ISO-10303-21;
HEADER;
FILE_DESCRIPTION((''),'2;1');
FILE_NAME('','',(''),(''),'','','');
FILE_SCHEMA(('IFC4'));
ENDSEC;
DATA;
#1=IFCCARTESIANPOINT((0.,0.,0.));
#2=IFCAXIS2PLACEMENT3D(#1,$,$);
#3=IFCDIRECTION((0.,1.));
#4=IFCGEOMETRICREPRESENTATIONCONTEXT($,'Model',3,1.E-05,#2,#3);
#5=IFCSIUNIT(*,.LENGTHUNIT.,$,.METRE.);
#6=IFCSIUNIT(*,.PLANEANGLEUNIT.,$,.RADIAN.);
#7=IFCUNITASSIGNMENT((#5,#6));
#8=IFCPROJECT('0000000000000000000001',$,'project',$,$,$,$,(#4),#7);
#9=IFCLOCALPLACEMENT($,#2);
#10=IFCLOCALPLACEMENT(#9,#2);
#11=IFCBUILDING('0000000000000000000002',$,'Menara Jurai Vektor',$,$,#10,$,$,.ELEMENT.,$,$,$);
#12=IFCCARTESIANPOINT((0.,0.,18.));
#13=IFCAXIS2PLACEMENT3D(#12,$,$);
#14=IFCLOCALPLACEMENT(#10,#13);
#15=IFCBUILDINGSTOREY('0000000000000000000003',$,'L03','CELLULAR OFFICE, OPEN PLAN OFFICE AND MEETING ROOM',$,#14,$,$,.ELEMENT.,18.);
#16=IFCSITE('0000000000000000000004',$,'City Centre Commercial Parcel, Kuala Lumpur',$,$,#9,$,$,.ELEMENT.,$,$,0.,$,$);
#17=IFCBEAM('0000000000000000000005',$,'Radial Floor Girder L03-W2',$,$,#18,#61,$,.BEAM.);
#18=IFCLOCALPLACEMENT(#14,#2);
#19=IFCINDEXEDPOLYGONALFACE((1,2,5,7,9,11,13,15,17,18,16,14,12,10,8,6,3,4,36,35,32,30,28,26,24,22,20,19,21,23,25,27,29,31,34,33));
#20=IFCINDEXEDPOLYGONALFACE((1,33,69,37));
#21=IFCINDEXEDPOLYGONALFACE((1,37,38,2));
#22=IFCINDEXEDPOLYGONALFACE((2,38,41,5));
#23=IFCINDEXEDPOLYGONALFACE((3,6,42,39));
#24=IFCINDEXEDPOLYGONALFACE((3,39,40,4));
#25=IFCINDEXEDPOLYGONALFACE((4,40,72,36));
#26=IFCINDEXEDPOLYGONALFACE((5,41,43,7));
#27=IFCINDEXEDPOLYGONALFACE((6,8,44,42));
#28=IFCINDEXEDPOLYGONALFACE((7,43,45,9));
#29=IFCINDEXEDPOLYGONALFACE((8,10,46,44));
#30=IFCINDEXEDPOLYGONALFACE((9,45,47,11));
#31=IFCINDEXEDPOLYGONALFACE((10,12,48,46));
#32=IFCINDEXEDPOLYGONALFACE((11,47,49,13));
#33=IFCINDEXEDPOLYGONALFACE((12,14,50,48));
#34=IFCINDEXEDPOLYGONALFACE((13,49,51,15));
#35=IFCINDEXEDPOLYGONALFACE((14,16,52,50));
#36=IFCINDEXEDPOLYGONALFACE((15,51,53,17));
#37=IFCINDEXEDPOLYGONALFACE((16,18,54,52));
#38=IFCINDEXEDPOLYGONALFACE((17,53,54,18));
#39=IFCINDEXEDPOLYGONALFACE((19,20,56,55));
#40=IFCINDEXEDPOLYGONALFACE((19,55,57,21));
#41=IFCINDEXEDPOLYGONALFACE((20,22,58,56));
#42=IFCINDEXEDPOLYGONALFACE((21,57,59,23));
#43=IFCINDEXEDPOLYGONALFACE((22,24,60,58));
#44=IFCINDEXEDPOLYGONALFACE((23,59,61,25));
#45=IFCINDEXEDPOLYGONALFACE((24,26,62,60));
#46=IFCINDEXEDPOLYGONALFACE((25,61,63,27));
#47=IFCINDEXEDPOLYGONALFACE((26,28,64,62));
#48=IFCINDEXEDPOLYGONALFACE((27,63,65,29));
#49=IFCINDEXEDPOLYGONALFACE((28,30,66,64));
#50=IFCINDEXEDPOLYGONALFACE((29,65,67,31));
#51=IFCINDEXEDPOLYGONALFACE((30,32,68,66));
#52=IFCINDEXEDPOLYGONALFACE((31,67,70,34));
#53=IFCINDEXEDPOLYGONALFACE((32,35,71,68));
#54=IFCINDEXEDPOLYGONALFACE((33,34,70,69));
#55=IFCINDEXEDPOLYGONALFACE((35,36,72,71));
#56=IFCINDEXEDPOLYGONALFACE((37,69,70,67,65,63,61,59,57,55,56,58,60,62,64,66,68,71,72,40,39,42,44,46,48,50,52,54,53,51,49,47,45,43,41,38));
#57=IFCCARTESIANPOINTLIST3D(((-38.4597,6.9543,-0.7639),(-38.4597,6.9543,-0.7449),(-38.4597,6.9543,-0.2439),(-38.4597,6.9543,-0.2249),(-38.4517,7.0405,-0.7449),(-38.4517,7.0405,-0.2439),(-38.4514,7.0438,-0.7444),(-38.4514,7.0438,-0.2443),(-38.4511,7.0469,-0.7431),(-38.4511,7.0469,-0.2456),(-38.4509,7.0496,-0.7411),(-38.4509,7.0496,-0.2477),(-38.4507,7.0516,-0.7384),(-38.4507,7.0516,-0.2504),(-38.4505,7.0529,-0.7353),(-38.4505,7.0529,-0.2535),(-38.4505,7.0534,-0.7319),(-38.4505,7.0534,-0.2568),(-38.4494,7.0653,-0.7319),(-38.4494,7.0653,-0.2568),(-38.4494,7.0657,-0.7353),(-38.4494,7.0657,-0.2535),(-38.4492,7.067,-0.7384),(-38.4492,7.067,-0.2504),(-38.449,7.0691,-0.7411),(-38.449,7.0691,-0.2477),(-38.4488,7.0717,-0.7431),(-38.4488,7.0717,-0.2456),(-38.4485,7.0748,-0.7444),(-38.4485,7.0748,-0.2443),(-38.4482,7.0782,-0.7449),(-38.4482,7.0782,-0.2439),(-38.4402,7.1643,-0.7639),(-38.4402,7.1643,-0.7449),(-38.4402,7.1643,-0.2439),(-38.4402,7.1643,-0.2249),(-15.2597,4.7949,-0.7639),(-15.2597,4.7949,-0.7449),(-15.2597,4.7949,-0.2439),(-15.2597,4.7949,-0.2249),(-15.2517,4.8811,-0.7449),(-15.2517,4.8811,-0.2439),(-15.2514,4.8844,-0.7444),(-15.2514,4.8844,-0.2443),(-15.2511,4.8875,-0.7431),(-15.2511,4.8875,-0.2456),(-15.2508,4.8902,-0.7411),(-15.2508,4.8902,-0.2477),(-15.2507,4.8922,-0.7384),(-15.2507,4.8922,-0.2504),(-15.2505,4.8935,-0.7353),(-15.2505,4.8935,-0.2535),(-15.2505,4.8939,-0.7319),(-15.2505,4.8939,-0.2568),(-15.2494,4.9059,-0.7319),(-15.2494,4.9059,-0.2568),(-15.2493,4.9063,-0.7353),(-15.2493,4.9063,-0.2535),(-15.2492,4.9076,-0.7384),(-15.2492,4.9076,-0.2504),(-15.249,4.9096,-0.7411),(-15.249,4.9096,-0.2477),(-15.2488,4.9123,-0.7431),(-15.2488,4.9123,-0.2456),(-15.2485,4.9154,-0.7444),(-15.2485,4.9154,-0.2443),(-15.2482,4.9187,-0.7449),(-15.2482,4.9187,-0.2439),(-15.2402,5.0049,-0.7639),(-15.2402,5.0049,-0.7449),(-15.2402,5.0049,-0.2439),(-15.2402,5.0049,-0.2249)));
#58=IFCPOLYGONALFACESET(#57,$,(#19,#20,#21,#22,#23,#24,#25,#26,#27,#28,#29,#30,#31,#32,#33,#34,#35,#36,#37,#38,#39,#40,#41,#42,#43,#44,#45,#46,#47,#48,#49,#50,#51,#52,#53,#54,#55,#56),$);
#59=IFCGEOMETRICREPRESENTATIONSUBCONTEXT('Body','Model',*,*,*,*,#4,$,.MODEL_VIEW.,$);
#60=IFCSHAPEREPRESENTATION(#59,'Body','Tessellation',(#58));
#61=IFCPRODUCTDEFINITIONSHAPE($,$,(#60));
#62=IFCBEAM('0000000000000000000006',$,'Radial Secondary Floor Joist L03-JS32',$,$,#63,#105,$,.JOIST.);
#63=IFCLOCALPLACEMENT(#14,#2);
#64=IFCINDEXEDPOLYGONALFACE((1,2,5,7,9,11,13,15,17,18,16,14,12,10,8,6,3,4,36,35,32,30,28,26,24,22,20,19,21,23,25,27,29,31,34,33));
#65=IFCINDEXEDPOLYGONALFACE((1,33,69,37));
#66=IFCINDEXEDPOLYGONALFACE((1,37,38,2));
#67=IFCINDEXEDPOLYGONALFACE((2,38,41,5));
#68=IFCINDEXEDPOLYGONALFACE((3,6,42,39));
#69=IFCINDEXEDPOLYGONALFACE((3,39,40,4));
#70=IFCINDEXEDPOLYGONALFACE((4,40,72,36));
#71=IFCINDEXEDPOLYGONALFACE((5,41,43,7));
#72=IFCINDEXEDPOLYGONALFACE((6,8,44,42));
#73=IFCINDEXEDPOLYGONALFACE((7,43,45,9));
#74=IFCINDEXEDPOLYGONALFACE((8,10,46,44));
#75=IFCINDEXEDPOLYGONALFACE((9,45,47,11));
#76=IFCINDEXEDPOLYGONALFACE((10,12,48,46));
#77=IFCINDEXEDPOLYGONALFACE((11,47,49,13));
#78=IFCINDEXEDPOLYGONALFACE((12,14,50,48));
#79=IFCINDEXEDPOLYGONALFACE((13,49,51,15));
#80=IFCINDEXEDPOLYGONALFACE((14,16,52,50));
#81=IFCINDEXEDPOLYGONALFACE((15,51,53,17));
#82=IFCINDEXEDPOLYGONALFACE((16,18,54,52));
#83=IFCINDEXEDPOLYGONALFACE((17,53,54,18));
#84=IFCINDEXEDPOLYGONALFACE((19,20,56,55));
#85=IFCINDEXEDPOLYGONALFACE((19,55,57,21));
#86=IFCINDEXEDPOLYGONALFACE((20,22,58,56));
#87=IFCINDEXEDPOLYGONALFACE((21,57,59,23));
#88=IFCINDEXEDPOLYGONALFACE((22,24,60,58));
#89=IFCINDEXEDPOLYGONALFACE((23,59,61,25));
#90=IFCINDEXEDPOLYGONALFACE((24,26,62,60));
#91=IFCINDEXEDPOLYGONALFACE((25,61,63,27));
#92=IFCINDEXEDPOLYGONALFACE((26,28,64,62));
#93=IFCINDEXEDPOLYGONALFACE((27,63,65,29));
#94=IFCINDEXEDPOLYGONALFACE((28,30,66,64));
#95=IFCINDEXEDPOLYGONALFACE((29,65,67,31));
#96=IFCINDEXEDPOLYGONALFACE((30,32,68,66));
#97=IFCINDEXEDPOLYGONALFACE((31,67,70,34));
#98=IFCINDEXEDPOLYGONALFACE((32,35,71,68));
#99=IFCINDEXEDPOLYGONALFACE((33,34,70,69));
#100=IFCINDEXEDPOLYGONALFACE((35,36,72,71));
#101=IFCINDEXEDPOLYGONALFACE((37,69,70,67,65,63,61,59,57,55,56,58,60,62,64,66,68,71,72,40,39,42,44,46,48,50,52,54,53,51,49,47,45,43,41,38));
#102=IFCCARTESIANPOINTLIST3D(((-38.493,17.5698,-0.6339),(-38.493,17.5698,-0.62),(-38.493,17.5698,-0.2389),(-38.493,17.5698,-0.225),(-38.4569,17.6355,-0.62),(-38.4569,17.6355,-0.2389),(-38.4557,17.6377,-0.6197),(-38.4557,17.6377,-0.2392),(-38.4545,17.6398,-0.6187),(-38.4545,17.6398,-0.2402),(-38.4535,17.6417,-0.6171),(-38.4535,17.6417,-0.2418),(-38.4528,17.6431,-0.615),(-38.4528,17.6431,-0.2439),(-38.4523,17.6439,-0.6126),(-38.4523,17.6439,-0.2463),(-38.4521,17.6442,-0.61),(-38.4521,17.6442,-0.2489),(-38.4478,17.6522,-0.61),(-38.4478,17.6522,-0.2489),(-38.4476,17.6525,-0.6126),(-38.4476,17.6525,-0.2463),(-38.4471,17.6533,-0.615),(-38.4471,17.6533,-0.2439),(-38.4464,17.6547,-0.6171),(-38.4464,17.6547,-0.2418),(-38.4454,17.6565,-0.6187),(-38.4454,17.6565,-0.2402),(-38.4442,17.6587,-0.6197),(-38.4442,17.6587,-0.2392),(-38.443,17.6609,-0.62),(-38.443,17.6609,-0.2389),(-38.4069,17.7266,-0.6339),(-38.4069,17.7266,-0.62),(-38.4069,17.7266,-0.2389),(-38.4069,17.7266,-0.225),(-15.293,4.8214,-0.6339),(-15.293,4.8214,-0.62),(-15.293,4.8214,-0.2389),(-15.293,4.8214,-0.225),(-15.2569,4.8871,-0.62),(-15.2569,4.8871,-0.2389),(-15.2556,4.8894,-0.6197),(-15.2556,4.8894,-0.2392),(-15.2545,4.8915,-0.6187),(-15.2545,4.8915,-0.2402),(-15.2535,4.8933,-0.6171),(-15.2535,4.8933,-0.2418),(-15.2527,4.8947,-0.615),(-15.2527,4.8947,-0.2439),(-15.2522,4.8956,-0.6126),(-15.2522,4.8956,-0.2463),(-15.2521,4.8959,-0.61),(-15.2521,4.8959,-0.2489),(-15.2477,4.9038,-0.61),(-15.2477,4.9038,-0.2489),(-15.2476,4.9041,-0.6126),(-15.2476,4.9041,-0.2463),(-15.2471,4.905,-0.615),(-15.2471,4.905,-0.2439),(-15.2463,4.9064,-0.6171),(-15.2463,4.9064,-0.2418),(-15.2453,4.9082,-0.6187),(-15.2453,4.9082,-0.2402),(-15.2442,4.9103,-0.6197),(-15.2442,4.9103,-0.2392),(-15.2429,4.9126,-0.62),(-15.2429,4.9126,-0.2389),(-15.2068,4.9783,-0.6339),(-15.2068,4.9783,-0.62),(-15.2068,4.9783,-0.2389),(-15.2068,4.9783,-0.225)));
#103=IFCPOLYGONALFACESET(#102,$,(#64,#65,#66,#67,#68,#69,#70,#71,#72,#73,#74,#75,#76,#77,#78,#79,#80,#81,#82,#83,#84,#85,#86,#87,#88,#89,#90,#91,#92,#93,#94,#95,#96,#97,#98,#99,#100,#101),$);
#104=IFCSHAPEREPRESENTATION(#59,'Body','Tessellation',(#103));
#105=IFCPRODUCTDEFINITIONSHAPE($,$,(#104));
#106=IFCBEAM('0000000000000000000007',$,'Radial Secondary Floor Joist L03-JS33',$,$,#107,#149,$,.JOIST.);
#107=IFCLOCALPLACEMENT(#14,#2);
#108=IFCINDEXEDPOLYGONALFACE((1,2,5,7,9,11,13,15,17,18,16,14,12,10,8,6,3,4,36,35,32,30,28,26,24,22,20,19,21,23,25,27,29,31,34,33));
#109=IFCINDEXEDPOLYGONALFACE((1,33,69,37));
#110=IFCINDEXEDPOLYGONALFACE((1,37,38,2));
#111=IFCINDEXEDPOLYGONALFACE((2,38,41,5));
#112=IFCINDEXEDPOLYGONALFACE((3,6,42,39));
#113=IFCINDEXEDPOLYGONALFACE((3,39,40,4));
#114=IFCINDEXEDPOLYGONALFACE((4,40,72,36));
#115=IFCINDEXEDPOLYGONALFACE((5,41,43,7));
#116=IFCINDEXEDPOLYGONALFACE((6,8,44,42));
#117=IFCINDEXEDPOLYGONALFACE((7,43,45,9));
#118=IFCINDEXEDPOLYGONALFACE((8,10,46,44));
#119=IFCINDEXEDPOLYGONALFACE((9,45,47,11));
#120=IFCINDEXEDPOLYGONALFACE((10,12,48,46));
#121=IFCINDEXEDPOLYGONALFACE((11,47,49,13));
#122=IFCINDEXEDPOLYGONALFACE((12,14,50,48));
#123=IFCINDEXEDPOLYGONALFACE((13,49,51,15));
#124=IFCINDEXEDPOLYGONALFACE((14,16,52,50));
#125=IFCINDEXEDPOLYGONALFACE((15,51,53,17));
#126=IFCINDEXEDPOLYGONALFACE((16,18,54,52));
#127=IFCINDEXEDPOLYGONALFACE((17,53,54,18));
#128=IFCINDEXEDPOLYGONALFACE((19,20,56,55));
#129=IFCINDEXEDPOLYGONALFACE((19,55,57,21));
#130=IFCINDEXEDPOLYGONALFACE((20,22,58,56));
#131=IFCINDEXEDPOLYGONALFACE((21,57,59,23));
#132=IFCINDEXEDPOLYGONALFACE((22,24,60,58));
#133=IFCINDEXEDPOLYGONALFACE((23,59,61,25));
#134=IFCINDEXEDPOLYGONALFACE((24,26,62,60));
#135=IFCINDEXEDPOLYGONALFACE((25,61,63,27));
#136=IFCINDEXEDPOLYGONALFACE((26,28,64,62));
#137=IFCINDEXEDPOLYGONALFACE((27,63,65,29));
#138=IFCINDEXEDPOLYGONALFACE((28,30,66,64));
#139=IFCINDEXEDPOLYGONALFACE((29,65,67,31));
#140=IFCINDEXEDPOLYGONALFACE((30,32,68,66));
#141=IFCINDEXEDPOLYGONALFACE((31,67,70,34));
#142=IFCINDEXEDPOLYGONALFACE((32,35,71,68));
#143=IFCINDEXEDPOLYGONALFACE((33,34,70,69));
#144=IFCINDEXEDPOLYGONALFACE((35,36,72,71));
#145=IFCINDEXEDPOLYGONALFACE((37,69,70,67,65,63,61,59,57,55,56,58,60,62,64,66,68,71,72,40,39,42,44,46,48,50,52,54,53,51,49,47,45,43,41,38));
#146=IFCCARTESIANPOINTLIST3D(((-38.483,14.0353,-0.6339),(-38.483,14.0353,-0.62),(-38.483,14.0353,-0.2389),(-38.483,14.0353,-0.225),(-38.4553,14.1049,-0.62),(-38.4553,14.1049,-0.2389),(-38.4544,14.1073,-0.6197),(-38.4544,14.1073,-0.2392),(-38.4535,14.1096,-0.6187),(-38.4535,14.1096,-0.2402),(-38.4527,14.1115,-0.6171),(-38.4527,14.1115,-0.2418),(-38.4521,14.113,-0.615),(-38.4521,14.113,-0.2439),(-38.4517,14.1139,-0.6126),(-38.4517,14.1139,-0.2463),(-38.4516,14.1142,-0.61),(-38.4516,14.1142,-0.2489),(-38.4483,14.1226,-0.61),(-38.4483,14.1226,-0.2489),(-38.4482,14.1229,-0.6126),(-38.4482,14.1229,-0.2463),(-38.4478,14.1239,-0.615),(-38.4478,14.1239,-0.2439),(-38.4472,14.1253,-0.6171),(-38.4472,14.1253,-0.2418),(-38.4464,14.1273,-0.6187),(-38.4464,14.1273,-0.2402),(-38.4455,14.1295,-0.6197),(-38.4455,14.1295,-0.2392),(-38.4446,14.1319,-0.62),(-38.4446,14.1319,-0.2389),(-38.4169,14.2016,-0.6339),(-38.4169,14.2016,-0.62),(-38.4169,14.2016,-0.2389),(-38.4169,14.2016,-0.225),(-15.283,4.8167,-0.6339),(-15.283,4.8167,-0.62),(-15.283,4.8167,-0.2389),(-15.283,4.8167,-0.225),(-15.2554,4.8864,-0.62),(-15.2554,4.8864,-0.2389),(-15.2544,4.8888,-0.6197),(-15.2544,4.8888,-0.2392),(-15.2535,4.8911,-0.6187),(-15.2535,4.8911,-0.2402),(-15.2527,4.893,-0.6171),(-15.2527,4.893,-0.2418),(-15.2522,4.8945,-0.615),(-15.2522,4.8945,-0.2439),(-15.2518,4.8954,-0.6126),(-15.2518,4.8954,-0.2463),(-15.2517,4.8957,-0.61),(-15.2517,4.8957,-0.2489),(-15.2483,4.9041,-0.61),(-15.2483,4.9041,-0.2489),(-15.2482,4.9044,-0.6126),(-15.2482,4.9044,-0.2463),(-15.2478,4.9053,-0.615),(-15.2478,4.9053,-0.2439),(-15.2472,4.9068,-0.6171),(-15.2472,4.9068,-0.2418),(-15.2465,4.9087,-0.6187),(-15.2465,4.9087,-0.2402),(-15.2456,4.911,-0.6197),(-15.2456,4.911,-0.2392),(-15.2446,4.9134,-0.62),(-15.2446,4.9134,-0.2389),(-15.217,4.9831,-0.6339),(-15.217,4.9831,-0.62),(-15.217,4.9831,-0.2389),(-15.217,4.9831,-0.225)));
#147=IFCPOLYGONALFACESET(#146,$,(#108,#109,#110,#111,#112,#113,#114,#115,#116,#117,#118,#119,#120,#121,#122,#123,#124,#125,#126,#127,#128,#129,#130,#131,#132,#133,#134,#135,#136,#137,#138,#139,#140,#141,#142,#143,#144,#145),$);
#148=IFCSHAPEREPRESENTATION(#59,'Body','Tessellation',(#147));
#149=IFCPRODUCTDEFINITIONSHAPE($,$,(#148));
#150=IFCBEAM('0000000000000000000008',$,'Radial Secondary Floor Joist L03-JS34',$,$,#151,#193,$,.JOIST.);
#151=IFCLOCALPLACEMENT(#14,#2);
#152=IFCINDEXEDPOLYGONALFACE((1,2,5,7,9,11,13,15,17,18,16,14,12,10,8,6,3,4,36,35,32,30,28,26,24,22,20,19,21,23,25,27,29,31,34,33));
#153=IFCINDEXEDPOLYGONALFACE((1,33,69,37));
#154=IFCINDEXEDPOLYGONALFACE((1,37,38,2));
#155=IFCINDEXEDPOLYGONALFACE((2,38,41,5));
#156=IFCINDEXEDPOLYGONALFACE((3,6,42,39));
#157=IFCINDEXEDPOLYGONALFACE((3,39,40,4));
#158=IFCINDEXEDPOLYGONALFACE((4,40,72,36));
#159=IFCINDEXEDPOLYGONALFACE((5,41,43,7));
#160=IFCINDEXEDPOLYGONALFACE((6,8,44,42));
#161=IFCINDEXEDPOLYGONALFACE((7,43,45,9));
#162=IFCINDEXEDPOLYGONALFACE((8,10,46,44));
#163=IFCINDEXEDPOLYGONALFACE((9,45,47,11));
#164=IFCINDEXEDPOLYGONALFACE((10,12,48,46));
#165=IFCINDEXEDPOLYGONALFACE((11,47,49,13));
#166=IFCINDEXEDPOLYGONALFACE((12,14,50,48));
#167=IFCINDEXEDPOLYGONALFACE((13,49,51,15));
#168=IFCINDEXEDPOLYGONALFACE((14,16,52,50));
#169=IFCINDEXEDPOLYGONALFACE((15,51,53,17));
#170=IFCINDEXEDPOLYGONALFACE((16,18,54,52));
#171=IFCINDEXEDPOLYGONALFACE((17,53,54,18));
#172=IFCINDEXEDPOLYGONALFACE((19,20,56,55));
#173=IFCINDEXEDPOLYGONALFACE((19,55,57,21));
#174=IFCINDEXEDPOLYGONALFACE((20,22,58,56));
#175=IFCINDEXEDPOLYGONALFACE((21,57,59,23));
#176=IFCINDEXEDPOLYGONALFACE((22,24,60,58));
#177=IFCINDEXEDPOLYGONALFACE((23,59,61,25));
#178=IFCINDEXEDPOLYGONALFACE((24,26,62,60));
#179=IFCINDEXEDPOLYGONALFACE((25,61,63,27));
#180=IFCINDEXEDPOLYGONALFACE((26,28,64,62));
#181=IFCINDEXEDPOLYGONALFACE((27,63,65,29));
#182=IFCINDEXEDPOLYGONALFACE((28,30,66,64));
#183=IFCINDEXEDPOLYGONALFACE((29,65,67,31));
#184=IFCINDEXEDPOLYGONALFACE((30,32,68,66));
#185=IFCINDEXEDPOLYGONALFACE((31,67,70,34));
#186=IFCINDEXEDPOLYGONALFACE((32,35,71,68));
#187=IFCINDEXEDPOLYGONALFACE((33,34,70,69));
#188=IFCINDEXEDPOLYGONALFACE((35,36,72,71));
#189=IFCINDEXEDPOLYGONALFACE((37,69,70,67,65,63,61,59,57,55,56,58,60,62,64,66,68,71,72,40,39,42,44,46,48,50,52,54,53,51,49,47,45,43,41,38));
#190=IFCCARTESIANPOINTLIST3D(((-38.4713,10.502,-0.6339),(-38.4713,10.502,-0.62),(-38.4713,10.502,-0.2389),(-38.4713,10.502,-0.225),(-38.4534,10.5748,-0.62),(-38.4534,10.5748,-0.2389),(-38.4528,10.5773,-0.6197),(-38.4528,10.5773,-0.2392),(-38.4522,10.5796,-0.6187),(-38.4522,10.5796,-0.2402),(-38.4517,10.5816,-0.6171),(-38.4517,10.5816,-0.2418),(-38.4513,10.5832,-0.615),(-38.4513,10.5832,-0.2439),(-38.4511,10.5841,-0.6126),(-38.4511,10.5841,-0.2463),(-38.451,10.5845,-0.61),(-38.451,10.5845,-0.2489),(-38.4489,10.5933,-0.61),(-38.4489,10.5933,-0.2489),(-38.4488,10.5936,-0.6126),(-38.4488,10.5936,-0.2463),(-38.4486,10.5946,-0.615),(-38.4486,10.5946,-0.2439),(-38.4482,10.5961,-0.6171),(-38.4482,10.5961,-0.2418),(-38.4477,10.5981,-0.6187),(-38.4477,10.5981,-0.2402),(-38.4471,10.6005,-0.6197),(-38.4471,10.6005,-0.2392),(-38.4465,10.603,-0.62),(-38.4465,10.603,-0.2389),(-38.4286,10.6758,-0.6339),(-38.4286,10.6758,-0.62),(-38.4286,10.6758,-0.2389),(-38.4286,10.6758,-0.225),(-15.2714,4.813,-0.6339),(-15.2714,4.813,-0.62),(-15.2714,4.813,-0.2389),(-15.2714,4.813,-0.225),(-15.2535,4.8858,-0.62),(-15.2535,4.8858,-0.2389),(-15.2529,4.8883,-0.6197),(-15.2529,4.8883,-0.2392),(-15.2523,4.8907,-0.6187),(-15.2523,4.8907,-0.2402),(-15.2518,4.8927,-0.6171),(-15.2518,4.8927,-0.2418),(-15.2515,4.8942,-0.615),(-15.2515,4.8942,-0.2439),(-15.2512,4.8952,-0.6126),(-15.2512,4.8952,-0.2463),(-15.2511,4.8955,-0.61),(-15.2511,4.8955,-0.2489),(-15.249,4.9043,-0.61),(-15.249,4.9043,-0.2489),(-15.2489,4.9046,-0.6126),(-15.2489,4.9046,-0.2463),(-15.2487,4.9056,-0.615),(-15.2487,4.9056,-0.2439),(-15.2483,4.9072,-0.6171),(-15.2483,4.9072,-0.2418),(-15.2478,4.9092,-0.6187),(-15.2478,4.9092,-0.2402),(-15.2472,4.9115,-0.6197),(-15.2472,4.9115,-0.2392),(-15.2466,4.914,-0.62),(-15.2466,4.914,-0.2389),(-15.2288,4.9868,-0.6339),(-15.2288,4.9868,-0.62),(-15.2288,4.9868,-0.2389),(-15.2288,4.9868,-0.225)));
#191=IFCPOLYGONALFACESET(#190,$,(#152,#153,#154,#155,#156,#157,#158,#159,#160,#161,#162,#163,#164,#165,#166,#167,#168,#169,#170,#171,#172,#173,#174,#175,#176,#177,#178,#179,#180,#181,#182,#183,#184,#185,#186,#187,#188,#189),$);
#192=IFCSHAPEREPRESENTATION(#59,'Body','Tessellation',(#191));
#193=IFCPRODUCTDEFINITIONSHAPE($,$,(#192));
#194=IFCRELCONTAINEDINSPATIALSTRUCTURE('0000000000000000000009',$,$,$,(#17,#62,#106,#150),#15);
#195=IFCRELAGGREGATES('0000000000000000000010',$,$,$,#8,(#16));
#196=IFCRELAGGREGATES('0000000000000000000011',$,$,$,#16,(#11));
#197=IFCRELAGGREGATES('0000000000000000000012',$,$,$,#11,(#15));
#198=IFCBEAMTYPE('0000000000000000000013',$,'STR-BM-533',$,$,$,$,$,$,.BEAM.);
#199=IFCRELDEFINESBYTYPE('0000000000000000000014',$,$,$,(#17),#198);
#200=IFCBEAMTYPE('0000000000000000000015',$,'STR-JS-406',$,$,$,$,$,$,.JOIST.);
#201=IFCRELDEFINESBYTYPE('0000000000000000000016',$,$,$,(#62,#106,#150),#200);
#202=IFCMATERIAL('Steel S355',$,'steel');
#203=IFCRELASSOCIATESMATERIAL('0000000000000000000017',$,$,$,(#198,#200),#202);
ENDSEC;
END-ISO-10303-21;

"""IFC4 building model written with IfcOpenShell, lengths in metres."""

from ifc_helpers import new_model, si_unit, direction, frame, origin, origin_2d, place, context, subcontext, project, spatial, i_section, extrude, material, material_profile, profile_set, type_object, element, save


model = new_model("IFC4")

# Units and contexts
model_context = context("Model", 3, precision=1e-05, world=origin(), true_north=direction((0.0, 1.0)))
body_context = subcontext(model_context, "Body", "Model", "MODEL_VIEW")
ifc_project = project(units=[si_unit("LENGTHUNIT", "METRE"), si_unit("PLANEANGLEUNIT", "RADIAN")], contexts=[model_context])

# Site, building, storey
site_placement = place(None, origin())
site = spatial("IfcSite", under=ifc_project, at=site_placement, Name="City Centre Commercial Parcel, Kuala Lumpur", CompositionType="ELEMENT", RefElevation=0.0)
building_placement = place(site_placement, origin())
building = spatial("IfcBuilding", under=site, at=building_placement, Name="Menara Jurai Vektor", CompositionType="ELEMENT")
storey_placement = place(building_placement, frame((0.0, 0.0, 18.0)))
storey = spatial("IfcBuildingStorey", under=building, at=storey_placement, Name="L03", Description="CELLULAR OFFICE, OPEN PLAN OFFICE AND MEETING ROOM", CompositionType="ELEMENT", Elevation=18.0)

# Beams
ifc_material_1 = material(Name="Steel S355", Category="steel")
ifc_material_profile_1 = material_profile(ifc_material_1, i_section(OverallWidth=0.2109, OverallDepth=0.5391, WebThickness=0.012, FlangeThickness=0.019, FilletRadius=0.0129, at=origin_2d()), Name="UKB 533x210x109")
ifc_profile_set_1 = profile_set([ifc_material_profile_1], Name="Steel S355")
beam_type_1 = type_object("IfcBeamType", Name="STR-BM-533", PredefinedType="BEAM", material=ifc_profile_set_1)
beam_1_placement = place(storey_placement, frame((-38.45, 7.0593, -0.4944), z_axis=(0.995696, -0.092678, 0.0), x_axis=(0.092678, 0.995696, 0.0)))
element("IfcBeam", 1, at=beam_1_placement, inside=storey, type_object=beam_type_1, Name="Radial Floor Girder L03-W2", PredefinedType="BEAM", context=body_context, shape_type="SweptSolid", body=[
    extrude(i_section(OverallWidth=0.2109, OverallDepth=0.5391, WebThickness=0.012, FlangeThickness=0.019, FilletRadius=0.0129, at=origin_2d()), origin(), (0.0, 0.0, 1.0), 23.3003),
])
ifc_material_profile_2 = material_profile(ifc_material_1, i_section(OverallWidth=0.179, OverallDepth=0.4089, WebThickness=0.009, FlangeThickness=0.0139, FilletRadius=0.01, at=origin_2d()), Name="UKB 406x178x67")
ifc_profile_set_2 = profile_set([ifc_material_profile_2], Name="Steel S355")
beam_type_2 = type_object("IfcBeamType", Name="STR-JS-406", PredefinedType="JOIST", material=ifc_profile_set_2)
beam_2_placement = place(storey_placement, frame((-38.45, 17.6482, -0.4294), z_axis=(0.876402, -0.48158, 0.0), x_axis=(0.48158, 0.876402, 0.0)))
element("IfcBeam", 2, at=beam_2_placement, inside=storey, type_object=beam_type_2, Name="Radial Secondary Floor Joist L03-JS32", PredefinedType="JOIST", context=body_context, shape_type="SweptSolid", body=[
    extrude(i_section(OverallWidth=0.179, OverallDepth=0.4089, WebThickness=0.009, FlangeThickness=0.0139, FilletRadius=0.01, at=origin_2d()), origin(), (0.0, 0.0, 1.0), 26.4719),
])
beam_3_placement = place(storey_placement, frame((-38.45, 14.1184, -0.4294), z_axis=(0.929323, -0.369267, 0.0), x_axis=(0.369267, 0.929323, 0.0)))
element("IfcBeam", 3, at=beam_3_placement, inside=storey, type_object=beam_type_2, Name="Radial Secondary Floor Joist L03-JS33", PredefinedType="JOIST", context=body_context, shape_type="SweptSolid", body=[
    extrude(i_section(OverallWidth=0.179, OverallDepth=0.4089, WebThickness=0.009, FlangeThickness=0.0139, FilletRadius=0.01, at=origin_2d()), origin(), (0.0, 0.0, 1.0), 24.9644),
])
beam_4_placement = place(storey_placement, frame((-38.45, 10.5889, -0.4294), z_axis=(0.971226, -0.238159, 0.0), x_axis=(0.238159, 0.971226, 0.0)))
element("IfcBeam", 4, at=beam_4_placement, inside=storey, type_object=beam_type_2, Name="Radial Secondary Floor Joist L03-JS34", PredefinedType="JOIST", context=body_context, shape_type="SweptSolid", body=[
    extrude(i_section(OverallWidth=0.179, OverallDepth=0.4089, WebThickness=0.009, FlangeThickness=0.0139, FilletRadius=0.01, at=origin_2d()), origin(), (0.0, 0.0, 1.0), 23.8872),
])

save(model, "model.ifc")
